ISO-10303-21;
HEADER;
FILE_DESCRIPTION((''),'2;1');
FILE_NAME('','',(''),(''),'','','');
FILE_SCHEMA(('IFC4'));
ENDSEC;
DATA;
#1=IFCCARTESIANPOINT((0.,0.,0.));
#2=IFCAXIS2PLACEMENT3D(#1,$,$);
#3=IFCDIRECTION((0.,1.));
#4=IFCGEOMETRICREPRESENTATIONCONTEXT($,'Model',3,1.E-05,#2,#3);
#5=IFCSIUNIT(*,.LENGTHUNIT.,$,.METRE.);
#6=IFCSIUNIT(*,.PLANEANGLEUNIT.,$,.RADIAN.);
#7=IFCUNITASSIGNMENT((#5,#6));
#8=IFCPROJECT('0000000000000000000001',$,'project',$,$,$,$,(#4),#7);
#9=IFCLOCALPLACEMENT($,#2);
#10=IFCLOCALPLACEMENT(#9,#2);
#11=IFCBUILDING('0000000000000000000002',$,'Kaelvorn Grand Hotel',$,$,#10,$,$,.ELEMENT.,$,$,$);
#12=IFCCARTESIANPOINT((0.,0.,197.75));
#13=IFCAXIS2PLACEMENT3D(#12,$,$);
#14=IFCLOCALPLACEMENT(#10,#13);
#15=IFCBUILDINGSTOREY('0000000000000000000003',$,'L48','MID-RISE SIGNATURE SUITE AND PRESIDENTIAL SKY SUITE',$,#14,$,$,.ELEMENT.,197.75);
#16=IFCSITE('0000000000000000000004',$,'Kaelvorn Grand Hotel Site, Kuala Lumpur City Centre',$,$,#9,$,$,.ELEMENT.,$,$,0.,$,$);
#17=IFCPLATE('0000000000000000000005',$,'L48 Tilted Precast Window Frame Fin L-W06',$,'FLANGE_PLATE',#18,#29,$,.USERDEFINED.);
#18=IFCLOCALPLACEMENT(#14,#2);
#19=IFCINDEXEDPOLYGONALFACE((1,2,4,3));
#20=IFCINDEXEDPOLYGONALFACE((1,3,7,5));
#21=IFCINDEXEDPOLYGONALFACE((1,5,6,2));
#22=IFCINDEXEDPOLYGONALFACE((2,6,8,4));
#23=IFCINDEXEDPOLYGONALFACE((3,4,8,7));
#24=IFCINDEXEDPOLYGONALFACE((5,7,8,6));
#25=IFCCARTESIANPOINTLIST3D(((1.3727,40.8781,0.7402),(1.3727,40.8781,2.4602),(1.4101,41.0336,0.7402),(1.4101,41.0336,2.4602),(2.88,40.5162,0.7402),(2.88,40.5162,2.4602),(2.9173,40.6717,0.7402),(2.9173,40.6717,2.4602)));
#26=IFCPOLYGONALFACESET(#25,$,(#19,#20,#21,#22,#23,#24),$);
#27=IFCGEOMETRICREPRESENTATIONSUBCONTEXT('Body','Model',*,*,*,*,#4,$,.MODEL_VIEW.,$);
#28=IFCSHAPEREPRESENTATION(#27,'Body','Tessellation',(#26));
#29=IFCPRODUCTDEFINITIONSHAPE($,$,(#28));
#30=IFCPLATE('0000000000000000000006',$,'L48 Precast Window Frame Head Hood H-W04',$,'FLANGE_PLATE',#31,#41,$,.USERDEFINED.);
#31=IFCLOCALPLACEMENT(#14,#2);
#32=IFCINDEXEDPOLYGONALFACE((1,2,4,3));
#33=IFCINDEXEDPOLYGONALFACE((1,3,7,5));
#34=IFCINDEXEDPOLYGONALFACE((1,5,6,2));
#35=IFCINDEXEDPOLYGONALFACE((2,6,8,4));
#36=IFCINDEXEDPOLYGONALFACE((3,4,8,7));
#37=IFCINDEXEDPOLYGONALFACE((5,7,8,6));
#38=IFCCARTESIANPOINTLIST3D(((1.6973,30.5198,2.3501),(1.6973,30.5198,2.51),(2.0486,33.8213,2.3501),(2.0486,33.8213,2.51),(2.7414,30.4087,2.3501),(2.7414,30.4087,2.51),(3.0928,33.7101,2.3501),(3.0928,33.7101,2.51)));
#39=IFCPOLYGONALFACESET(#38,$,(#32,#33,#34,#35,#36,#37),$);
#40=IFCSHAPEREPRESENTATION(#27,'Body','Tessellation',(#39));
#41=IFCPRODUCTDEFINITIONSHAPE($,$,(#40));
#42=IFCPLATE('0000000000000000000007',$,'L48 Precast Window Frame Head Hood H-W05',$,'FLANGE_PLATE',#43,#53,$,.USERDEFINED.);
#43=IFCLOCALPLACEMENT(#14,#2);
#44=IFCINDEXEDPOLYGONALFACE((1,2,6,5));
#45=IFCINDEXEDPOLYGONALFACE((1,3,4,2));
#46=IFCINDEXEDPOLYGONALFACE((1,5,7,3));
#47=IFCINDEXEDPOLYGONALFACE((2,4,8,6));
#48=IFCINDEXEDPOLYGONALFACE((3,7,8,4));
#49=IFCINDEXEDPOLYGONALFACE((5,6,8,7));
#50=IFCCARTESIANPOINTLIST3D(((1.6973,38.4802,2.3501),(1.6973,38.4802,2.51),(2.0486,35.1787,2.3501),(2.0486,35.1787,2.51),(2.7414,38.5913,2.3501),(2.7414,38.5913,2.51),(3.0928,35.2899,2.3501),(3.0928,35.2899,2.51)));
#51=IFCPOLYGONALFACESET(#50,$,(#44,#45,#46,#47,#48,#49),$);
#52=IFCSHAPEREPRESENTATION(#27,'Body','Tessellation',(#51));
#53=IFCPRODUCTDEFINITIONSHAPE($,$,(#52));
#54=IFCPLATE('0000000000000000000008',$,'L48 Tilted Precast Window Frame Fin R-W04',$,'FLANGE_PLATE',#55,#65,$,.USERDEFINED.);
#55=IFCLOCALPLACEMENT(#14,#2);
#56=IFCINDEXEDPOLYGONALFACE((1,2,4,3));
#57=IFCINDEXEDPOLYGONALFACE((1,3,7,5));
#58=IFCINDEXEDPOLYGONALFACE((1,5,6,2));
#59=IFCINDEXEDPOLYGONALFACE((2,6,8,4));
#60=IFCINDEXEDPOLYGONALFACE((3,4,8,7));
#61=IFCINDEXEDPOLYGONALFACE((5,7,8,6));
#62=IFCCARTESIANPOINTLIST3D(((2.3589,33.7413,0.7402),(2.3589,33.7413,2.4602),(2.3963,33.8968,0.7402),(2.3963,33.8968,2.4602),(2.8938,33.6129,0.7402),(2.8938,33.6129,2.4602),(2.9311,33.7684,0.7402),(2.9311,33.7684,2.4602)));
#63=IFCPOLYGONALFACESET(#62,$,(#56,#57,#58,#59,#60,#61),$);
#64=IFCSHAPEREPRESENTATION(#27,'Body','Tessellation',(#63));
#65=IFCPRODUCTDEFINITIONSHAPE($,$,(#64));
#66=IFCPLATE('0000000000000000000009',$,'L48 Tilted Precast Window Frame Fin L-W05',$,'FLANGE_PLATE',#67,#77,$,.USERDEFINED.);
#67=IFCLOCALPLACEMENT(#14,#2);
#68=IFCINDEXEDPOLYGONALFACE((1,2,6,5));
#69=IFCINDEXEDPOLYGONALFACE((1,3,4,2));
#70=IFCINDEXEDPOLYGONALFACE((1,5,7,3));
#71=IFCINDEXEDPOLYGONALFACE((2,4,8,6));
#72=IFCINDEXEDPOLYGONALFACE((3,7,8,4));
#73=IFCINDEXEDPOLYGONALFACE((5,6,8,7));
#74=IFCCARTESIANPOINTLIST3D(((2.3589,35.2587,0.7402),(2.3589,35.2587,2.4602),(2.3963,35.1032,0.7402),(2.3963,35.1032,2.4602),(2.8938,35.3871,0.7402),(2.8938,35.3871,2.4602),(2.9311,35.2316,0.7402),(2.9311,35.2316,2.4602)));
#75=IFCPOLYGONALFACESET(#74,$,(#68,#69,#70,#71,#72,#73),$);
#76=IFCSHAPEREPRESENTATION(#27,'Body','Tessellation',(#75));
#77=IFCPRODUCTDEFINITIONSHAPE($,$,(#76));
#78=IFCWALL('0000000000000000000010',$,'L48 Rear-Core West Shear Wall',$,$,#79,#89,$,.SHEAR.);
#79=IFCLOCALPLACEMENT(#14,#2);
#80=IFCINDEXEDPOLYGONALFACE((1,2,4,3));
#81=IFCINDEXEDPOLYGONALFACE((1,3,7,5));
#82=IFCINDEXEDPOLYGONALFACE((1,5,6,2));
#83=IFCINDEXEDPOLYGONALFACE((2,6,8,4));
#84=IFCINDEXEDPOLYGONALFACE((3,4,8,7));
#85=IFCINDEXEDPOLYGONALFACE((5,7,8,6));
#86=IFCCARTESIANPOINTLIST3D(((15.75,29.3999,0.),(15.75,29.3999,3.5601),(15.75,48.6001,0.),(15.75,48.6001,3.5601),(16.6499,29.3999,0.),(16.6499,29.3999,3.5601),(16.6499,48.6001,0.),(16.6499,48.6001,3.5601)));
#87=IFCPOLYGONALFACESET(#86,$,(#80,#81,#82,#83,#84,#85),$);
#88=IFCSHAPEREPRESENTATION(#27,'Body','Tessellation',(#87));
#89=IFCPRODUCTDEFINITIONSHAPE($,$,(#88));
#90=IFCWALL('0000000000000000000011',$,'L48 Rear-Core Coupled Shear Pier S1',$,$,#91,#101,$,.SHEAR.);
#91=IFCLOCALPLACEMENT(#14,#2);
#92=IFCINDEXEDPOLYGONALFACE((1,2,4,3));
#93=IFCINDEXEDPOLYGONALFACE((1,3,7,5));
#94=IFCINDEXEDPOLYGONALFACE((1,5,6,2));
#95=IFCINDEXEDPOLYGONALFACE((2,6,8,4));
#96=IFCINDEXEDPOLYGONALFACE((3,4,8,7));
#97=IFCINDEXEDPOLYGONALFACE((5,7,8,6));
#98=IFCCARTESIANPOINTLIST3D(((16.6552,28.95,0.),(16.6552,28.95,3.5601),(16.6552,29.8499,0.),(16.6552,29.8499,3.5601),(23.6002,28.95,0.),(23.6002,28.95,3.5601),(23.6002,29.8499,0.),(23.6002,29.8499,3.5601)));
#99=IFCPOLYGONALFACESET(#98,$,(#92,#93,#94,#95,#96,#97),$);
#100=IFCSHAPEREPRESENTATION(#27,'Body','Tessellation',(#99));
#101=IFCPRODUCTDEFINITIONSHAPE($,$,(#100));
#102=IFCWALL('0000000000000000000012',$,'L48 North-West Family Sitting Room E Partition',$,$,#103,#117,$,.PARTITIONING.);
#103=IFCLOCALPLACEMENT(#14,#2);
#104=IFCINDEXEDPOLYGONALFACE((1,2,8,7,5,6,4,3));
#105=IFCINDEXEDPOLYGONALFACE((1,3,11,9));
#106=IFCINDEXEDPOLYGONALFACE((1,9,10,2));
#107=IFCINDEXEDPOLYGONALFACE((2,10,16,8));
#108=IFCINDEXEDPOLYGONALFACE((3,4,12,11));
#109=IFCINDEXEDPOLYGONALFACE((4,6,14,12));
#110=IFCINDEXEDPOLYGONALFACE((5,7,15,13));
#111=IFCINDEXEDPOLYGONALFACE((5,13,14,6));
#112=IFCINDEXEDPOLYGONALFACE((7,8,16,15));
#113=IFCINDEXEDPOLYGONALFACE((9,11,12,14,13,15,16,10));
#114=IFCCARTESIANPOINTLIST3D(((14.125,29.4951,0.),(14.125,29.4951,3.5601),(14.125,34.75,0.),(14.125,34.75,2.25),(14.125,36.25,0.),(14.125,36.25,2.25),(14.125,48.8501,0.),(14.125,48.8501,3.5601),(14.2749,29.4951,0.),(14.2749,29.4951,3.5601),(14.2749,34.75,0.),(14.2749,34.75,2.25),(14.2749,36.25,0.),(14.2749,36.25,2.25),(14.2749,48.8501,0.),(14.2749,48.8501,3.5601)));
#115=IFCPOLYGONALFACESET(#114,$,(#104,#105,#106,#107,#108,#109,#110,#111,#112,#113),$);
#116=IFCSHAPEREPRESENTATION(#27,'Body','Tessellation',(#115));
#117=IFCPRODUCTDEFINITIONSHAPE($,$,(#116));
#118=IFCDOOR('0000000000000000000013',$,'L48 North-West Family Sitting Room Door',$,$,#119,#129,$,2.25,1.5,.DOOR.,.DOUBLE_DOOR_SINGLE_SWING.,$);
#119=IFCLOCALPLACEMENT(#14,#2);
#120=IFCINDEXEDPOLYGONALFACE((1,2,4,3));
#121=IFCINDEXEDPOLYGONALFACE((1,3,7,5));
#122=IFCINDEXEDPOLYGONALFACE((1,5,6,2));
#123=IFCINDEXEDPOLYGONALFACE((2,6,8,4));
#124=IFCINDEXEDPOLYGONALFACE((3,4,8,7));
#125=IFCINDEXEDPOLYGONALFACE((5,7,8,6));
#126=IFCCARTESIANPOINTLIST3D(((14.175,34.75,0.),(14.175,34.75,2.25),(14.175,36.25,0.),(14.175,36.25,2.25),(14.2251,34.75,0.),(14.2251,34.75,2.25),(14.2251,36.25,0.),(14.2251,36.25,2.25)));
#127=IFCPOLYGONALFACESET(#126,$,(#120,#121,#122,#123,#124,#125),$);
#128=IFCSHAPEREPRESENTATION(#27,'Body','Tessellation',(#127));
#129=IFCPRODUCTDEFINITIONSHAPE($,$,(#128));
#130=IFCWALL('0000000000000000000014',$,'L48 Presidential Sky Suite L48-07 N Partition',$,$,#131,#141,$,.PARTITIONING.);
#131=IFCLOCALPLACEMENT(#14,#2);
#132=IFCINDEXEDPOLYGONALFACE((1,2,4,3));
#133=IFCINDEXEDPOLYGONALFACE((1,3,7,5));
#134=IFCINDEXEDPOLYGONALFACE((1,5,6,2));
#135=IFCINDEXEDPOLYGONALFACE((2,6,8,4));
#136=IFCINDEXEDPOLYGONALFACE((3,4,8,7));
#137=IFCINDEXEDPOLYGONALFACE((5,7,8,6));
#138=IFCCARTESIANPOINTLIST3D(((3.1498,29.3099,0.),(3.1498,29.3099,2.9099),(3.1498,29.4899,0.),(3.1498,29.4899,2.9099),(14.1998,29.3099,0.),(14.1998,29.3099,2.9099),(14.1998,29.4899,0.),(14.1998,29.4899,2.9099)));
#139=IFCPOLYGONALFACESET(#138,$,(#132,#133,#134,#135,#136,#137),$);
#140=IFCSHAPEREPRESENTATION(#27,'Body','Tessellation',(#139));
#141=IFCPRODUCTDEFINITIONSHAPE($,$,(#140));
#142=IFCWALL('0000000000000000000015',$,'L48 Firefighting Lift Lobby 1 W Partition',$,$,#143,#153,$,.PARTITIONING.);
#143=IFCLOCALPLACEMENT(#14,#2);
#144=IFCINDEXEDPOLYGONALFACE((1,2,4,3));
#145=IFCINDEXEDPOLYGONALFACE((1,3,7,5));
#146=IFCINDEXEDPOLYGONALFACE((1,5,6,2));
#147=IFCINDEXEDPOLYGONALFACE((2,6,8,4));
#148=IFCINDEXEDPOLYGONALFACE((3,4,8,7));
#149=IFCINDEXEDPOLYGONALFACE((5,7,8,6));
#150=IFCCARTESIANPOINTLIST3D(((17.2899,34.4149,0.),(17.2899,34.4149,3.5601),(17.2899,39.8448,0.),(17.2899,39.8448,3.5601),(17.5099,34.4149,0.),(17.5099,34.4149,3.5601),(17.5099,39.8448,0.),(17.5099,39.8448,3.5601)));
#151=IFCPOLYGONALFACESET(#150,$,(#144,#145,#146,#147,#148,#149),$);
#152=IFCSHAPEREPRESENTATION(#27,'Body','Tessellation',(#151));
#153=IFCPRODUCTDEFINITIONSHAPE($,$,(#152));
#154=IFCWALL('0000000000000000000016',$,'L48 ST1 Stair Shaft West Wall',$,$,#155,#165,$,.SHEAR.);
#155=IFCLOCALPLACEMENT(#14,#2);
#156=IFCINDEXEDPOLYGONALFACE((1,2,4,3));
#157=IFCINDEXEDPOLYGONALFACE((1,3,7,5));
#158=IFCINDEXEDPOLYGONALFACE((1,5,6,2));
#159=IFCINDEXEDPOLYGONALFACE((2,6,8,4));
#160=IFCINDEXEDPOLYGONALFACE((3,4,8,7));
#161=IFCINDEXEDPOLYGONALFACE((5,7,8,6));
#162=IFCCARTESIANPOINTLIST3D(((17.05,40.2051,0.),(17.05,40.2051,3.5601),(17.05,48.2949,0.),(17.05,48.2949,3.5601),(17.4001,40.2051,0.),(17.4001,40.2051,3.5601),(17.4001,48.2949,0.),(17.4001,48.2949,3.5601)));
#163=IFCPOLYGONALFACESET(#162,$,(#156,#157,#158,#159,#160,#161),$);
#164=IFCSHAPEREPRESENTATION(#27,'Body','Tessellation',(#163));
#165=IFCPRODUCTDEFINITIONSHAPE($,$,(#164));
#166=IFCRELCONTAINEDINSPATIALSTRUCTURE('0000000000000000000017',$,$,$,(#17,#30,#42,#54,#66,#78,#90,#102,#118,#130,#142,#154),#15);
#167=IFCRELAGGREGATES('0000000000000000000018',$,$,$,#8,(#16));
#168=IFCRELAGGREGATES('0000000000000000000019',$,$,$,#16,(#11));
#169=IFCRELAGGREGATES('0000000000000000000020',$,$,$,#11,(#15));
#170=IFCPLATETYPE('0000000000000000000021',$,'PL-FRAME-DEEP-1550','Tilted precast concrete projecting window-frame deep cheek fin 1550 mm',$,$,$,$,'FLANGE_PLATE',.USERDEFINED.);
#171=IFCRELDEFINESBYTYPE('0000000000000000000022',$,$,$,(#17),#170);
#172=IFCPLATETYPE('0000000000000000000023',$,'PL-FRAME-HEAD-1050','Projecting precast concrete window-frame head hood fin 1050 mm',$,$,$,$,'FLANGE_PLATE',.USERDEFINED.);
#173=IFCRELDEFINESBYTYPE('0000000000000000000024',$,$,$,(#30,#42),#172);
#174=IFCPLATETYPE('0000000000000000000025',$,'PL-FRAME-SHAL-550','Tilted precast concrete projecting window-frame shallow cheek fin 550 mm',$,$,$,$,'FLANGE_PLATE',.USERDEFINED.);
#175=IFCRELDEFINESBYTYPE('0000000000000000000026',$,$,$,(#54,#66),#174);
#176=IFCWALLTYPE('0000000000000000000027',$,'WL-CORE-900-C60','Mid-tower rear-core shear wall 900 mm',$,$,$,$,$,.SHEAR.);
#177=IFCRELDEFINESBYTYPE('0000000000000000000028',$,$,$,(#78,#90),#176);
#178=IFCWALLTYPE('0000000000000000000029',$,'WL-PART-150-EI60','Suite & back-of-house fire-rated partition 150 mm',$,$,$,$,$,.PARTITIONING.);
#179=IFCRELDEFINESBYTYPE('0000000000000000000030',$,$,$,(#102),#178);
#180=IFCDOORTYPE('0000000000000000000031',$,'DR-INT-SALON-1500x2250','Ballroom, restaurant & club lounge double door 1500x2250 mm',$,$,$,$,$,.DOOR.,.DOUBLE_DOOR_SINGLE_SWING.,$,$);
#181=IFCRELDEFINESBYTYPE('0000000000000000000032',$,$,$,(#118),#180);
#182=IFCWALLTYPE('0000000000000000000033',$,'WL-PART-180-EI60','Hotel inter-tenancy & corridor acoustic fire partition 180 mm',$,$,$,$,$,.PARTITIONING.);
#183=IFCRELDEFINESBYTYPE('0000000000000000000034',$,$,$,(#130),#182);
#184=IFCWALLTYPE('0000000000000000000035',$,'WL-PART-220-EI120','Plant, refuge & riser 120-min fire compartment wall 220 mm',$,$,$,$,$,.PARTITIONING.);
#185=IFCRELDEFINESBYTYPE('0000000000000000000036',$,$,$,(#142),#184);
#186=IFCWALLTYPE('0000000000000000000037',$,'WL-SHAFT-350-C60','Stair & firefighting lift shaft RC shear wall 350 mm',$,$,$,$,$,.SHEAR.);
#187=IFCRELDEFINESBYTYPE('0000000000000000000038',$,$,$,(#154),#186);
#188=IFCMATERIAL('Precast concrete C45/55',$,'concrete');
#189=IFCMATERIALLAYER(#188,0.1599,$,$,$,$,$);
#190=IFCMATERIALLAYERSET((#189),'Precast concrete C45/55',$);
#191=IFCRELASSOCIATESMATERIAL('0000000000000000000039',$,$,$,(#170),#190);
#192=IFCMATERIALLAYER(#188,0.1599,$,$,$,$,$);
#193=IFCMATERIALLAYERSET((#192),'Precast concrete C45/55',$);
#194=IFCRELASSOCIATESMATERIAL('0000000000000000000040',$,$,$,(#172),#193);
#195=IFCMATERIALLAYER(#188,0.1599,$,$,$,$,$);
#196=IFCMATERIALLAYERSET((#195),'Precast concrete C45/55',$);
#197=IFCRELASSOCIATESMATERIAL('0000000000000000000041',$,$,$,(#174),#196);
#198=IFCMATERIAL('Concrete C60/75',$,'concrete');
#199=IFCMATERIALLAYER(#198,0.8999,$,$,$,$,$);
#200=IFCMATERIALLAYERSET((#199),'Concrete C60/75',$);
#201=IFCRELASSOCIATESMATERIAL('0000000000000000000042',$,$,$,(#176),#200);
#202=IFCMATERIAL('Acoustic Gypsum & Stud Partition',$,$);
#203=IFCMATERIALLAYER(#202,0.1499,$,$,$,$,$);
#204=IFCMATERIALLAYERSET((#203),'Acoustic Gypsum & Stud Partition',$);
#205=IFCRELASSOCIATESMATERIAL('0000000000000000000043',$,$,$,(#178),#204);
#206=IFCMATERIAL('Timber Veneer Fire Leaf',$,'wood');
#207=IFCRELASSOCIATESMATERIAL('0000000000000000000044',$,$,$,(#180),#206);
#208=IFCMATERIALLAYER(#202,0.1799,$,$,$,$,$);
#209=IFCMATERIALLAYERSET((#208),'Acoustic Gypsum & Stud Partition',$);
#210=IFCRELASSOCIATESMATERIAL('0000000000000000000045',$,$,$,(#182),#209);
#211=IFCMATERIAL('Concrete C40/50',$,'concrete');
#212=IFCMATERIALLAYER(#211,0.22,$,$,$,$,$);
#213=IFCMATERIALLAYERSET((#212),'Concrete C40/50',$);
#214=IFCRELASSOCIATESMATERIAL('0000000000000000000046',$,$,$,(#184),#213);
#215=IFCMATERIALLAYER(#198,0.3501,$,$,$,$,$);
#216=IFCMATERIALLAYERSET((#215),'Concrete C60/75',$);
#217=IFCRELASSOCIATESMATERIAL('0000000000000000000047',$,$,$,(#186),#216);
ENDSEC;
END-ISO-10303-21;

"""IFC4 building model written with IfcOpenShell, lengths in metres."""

from ifc_helpers import new_model, si_unit, direction, frame, frame_2d, origin, origin_2d, place, context, subcontext, project, spatial, rectangle, extrude, material, layer, layer_set, type_object, element, fill, save


model = new_model("IFC4")

# Units and contexts
model_context = context("Model", 3, precision=1e-05, world=origin(), true_north=direction((0.0, 1.0)))
body_context = subcontext(model_context, "Body", "Model", "MODEL_VIEW")
ifc_project = project(units=[si_unit("LENGTHUNIT", "METRE"), si_unit("PLANEANGLEUNIT", "RADIAN")], contexts=[model_context])

# Site, building, storey
site_placement = place(None, origin())
site = spatial("IfcSite", under=ifc_project, at=site_placement, Name="Kaelvorn Grand Hotel Site, Kuala Lumpur City Centre", CompositionType="ELEMENT", RefElevation=0.0)
building_placement = place(site_placement, origin())
building = spatial("IfcBuilding", under=site, at=building_placement, Name="Kaelvorn Grand Hotel", CompositionType="ELEMENT")
storey_placement = place(building_placement, frame((0.0, 0.0, 197.75)))
storey = spatial("IfcBuildingStorey", under=building, at=storey_placement, Name="L48", Description="MID-RISE SIGNATURE SUITE AND PRESIDENTIAL SKY SUITE", CompositionType="ELEMENT", Elevation=197.75)

# Shared definitions
ifc_material_1 = material(Name="Concrete C60/75", Category="concrete")

# Plates
ifc_material_2 = material(Name="Precast concrete C45/55", Category="concrete")
ifc_layer_1 = layer(ifc_material_2, 0.1599)
ifc_layer_set_1 = layer_set([ifc_layer_1], Name="Precast concrete C45/55")
plate_type_1 = type_object("IfcPlateType", Name="PL-FRAME-DEEP-1550", Description="Tilted precast concrete projecting window-frame deep cheek fin 1550 mm", ElementType="FLANGE_PLATE", PredefinedType="USERDEFINED", material=ifc_layer_set_1)
for number, where, z_axis, x_axis, name in (
    (1, (2.145, 40.7749, 0.7402), (0.0, 0.0, 1.0), (0.233445, 0.97237, 0.0), "L48 Tilted Precast Window Frame Fin L-W06"),
):
    element("IfcPlate", number, at=place(storey_placement, frame(where, z_axis=z_axis, x_axis=x_axis)), inside=storey, type_object=plate_type_1, Name=name, ObjectType="FLANGE_PLATE", PredefinedType="USERDEFINED", context=body_context, shape_type="SweptSolid", body=[
        extrude(rectangle(XDim=0.1599, YDim=1.55, at=origin_2d()), origin(), (0.0, 0.0, 1.0), 1.72),
    ])
ifc_layer_2 = layer(ifc_material_2, 0.1599)
ifc_layer_set_2 = layer_set([ifc_layer_2], Name="Precast concrete C45/55")
plate_type_2 = type_object("IfcPlateType", Name="PL-FRAME-HEAD-1050", Description="Projecting precast concrete window-frame head hood fin 1050 mm", ElementType="FLANGE_PLATE", PredefinedType="USERDEFINED", material=ifc_layer_set_2)
for number, where, z_axis, x_axis, name in (
    (2, (2.395, 32.115, 2.3501), (0.0, 0.0, 1.0), (0.10583, 0.994384, 0.0), "L48 Precast Window Frame Head Hood H-W04"),
    (3, (2.395, 36.885, 2.3501), (0.0, 0.0, 1.0), (-0.10583, 0.994384, 0.0), "L48 Precast Window Frame Head Hood H-W05"),
):
    element("IfcPlate", number, at=place(storey_placement, frame(where, z_axis=z_axis, x_axis=x_axis)), inside=storey, type_object=plate_type_2, Name=name, ObjectType="FLANGE_PLATE", PredefinedType="USERDEFINED", context=body_context, shape_type="SweptSolid", body=[
        extrude(rectangle(XDim=3.3201, YDim=1.05, at=origin_2d()), origin(), (0.0, 0.0, 1.0), 0.1599),
    ])
ifc_layer_3 = layer(ifc_material_2, 0.1599)
ifc_layer_set_3 = layer_set([ifc_layer_3], Name="Precast concrete C45/55")
plate_type_3 = type_object("IfcPlateType", Name="PL-FRAME-SHAL-550", Description="Tilted precast concrete projecting window-frame shallow cheek fin 550 mm", ElementType="FLANGE_PLATE", PredefinedType="USERDEFINED", material=ifc_layer_set_3)
for number, where, z_axis, x_axis, name in (
    (4, (2.645, 33.7549, 0.7402), (0.0, 0.0, 1.0), (0.233445, 0.97237, 0.0), "L48 Tilted Precast Window Frame Fin R-W04"),
    (5, (2.645, 35.2451, 0.7402), (0.0, 0.0, 1.0), (-0.233445, 0.97237, 0.0), "L48 Tilted Precast Window Frame Fin L-W05"),
):
    element("IfcPlate", number, at=place(storey_placement, frame(where, z_axis=z_axis, x_axis=x_axis)), inside=storey, type_object=plate_type_3, Name=name, ObjectType="FLANGE_PLATE", PredefinedType="USERDEFINED", context=body_context, shape_type="SweptSolid", body=[
        extrude(rectangle(XDim=0.1599, YDim=0.55, at=origin_2d()), origin(), (0.0, 0.0, 1.0), 1.72),
    ])

# Walls
ifc_layer_4 = layer(ifc_material_1, 0.8999)
ifc_layer_set_4 = layer_set([ifc_layer_4], Name="Concrete C60/75")
wall_type_1 = type_object("IfcWallType", Name="WL-CORE-900-C60", Description="Mid-tower rear-core shear wall 900 mm", PredefinedType="SHEAR", material=ifc_layer_set_4)
wall_1_placement = place(storey_placement, frame((16.2, 29.3999, 0.0), z_axis=(0.0, 0.0, 1.0), x_axis=(0.0, 1.0, 0.0)))
element("IfcWall", 6, at=wall_1_placement, inside=storey, type_object=wall_type_1, Name="L48 Rear-Core West Shear Wall", PredefinedType="SHEAR", context=body_context, shape_type="SweptSolid", body=[
    extrude(rectangle(XDim=19.2002, YDim=0.8999, at=frame_2d((9.6001, 0.0))), origin(), (0.0, 0.0, 1.0), 3.5601),
])
wall_2_placement = place(storey_placement, frame((16.655, 29.3999, 0.0), z_axis=(0.0, 0.0, 1.0), x_axis=(1.0, 0.0, 0.0)))
element("IfcWall", 7, at=wall_2_placement, inside=storey, type_object=wall_type_1, Name="L48 Rear-Core Coupled Shear Pier S1", PredefinedType="SHEAR", context=body_context, shape_type="SweptSolid", body=[
    extrude(rectangle(XDim=6.9451, YDim=0.8999, at=frame_2d((3.4727, 0.0))), origin(), (0.0, 0.0, 1.0), 3.5601),
])

# Wall, opening, door
ifc_material_3 = material(Name="Acoustic Gypsum & Stud Partition")
ifc_layer_5 = layer(ifc_material_3, 0.1499)
ifc_layer_set_5 = layer_set([ifc_layer_5], Name="Acoustic Gypsum & Stud Partition")
wall_type_2 = type_object("IfcWallType", Name="WL-PART-150-EI60", Description="Suite & back-of-house fire-rated partition 150 mm", PredefinedType="PARTITIONING", material=ifc_layer_set_5)
wall_3_placement = place(storey_placement, frame((14.2, 29.4951, 0.0), z_axis=(0.0, 0.0, 1.0), x_axis=(0.0, 1.0, 0.0)))
wall_3 = element("IfcWall", 8, at=wall_3_placement, inside=storey, type_object=wall_type_2, Name="L48 North-West Family Sitting Room E Partition", PredefinedType="PARTITIONING", context=body_context, shape_type="SweptSolid", body=[
    extrude(rectangle(XDim=19.355, YDim=0.1499, at=frame_2d((9.6775, 0.0))), origin(), (0.0, 0.0, 1.0), 3.5601),
])
opening_1_placement = place(wall_3_placement, frame((5.2549, 0.0, 0.0)))
opening_1 = element("IfcOpeningElement", 9, at=opening_1_placement, cuts=wall_3, PredefinedType="OPENING", context=body_context, shape_type="SweptSolid", body=[
    extrude(rectangle(XDim=1.5, YDim=2.25, at=frame_2d((0.75, 1.125))), frame((0.0, 0.085, 0.0), z_axis=(0.0, -1.0, 0.0), x_axis=(1.0, 0.0, 0.0)), (0.0, 0.0, 1.0), 0.1699),
])
ifc_material_4 = material(Name="Timber Veneer Fire Leaf", Category="wood")
door_type_1 = type_object("IfcDoorType", Name="DR-INT-SALON-1500x2250", Description="Ballroom, restaurant & club lounge double door 1500x2250 mm", OperationType="DOUBLE_DOOR_SINGLE_SWING", PredefinedType="DOOR", material=ifc_material_4)
door_1_placement = place(opening_1_placement, origin())
door_1 = element("IfcDoor", 10, at=door_1_placement, inside=storey, type_object=door_type_1, Name="L48 North-West Family Sitting Room Door", OperationType="DOUBLE_DOOR_SINGLE_SWING", OverallHeight=2.25, OverallWidth=1.5, PredefinedType="DOOR", context=body_context, shape_type="SweptSolid", body=[
    extrude(rectangle(XDim=1.5, YDim=2.25, at=frame_2d((0.75, 1.125))), frame((0.0, 0.0249, 0.0), z_axis=(0.0, -1.0, 0.0), x_axis=(1.0, 0.0, 0.0)), (0.0, 0.0, 1.0), 0.05),
])
fill(opening_1, door_1)

# Wall
ifc_layer_6 = layer(ifc_material_3, 0.1799)
ifc_layer_set_6 = layer_set([ifc_layer_6], Name="Acoustic Gypsum & Stud Partition")
wall_type_3 = type_object("IfcWallType", Name="WL-PART-180-EI60", Description="Hotel inter-tenancy & corridor acoustic fire partition 180 mm", PredefinedType="PARTITIONING", material=ifc_layer_set_6)
wall_4_placement = place(storey_placement, frame((3.1499, 29.3999, 0.0), z_axis=(0.0, 0.0, 1.0), x_axis=(1.0, 0.0, 0.0)))
element("IfcWall", 11, at=wall_4_placement, inside=storey, type_object=wall_type_3, Name="L48 Presidential Sky Suite L48-07 N Partition", PredefinedType="PARTITIONING", context=body_context, shape_type="SweptSolid", body=[
    extrude(rectangle(XDim=11.05, YDim=0.1799, at=frame_2d((5.5249, 0.0))), origin(), (0.0, 0.0, 1.0), 2.9099),
])

# Shared definitions
ifc_material_5 = material(Name="Concrete C40/50", Category="concrete")
ifc_layer_7 = layer(ifc_material_5, 0.22)
ifc_layer_set_7 = layer_set([ifc_layer_7], Name="Concrete C40/50")
wall_type_4 = type_object("IfcWallType", Name="WL-PART-220-EI120", Description="Plant, refuge & riser 120-min fire compartment wall 220 mm", PredefinedType="PARTITIONING", material=ifc_layer_set_7)

# Wall
wall_5_placement = place(storey_placement, frame((17.3999, 34.415, 0.0), z_axis=(0.0, 0.0, 1.0), x_axis=(0.0, 1.0, 0.0)))
element("IfcWall", 12, at=wall_5_placement, inside=storey, type_object=wall_type_4, Name="L48 Firefighting Lift Lobby 1 W Partition", PredefinedType="PARTITIONING", context=body_context, shape_type="SweptSolid", body=[
    extrude(rectangle(XDim=5.4299, YDim=0.22, at=frame_2d((2.7148, 0.0))), origin(), (0.0, 0.0, 1.0), 3.5601),
])

# Shared definitions
ifc_layer_8 = layer(ifc_material_1, 0.3501)
ifc_layer_set_8 = layer_set([ifc_layer_8], Name="Concrete C60/75")
wall_type_5 = type_object("IfcWallType", Name="WL-SHAFT-350-C60", Description="Stair & firefighting lift shaft RC shear wall 350 mm", PredefinedType="SHEAR", material=ifc_layer_set_8)

# Wall
wall_6_placement = place(storey_placement, frame((17.2251, 40.2051, 0.0), z_axis=(0.0, 0.0, 1.0), x_axis=(0.0, 1.0, 0.0)))
element("IfcWall", 13, at=wall_6_placement, inside=storey, type_object=wall_type_5, Name="L48 ST1 Stair Shaft West Wall", PredefinedType="SHEAR", context=body_context, shape_type="SweptSolid", body=[
    extrude(rectangle(XDim=8.0898, YDim=0.3501, at=frame_2d((4.0449, 0.0))), origin(), (0.0, 0.0, 1.0), 3.5601),
])

save(model, "model.ifc")
